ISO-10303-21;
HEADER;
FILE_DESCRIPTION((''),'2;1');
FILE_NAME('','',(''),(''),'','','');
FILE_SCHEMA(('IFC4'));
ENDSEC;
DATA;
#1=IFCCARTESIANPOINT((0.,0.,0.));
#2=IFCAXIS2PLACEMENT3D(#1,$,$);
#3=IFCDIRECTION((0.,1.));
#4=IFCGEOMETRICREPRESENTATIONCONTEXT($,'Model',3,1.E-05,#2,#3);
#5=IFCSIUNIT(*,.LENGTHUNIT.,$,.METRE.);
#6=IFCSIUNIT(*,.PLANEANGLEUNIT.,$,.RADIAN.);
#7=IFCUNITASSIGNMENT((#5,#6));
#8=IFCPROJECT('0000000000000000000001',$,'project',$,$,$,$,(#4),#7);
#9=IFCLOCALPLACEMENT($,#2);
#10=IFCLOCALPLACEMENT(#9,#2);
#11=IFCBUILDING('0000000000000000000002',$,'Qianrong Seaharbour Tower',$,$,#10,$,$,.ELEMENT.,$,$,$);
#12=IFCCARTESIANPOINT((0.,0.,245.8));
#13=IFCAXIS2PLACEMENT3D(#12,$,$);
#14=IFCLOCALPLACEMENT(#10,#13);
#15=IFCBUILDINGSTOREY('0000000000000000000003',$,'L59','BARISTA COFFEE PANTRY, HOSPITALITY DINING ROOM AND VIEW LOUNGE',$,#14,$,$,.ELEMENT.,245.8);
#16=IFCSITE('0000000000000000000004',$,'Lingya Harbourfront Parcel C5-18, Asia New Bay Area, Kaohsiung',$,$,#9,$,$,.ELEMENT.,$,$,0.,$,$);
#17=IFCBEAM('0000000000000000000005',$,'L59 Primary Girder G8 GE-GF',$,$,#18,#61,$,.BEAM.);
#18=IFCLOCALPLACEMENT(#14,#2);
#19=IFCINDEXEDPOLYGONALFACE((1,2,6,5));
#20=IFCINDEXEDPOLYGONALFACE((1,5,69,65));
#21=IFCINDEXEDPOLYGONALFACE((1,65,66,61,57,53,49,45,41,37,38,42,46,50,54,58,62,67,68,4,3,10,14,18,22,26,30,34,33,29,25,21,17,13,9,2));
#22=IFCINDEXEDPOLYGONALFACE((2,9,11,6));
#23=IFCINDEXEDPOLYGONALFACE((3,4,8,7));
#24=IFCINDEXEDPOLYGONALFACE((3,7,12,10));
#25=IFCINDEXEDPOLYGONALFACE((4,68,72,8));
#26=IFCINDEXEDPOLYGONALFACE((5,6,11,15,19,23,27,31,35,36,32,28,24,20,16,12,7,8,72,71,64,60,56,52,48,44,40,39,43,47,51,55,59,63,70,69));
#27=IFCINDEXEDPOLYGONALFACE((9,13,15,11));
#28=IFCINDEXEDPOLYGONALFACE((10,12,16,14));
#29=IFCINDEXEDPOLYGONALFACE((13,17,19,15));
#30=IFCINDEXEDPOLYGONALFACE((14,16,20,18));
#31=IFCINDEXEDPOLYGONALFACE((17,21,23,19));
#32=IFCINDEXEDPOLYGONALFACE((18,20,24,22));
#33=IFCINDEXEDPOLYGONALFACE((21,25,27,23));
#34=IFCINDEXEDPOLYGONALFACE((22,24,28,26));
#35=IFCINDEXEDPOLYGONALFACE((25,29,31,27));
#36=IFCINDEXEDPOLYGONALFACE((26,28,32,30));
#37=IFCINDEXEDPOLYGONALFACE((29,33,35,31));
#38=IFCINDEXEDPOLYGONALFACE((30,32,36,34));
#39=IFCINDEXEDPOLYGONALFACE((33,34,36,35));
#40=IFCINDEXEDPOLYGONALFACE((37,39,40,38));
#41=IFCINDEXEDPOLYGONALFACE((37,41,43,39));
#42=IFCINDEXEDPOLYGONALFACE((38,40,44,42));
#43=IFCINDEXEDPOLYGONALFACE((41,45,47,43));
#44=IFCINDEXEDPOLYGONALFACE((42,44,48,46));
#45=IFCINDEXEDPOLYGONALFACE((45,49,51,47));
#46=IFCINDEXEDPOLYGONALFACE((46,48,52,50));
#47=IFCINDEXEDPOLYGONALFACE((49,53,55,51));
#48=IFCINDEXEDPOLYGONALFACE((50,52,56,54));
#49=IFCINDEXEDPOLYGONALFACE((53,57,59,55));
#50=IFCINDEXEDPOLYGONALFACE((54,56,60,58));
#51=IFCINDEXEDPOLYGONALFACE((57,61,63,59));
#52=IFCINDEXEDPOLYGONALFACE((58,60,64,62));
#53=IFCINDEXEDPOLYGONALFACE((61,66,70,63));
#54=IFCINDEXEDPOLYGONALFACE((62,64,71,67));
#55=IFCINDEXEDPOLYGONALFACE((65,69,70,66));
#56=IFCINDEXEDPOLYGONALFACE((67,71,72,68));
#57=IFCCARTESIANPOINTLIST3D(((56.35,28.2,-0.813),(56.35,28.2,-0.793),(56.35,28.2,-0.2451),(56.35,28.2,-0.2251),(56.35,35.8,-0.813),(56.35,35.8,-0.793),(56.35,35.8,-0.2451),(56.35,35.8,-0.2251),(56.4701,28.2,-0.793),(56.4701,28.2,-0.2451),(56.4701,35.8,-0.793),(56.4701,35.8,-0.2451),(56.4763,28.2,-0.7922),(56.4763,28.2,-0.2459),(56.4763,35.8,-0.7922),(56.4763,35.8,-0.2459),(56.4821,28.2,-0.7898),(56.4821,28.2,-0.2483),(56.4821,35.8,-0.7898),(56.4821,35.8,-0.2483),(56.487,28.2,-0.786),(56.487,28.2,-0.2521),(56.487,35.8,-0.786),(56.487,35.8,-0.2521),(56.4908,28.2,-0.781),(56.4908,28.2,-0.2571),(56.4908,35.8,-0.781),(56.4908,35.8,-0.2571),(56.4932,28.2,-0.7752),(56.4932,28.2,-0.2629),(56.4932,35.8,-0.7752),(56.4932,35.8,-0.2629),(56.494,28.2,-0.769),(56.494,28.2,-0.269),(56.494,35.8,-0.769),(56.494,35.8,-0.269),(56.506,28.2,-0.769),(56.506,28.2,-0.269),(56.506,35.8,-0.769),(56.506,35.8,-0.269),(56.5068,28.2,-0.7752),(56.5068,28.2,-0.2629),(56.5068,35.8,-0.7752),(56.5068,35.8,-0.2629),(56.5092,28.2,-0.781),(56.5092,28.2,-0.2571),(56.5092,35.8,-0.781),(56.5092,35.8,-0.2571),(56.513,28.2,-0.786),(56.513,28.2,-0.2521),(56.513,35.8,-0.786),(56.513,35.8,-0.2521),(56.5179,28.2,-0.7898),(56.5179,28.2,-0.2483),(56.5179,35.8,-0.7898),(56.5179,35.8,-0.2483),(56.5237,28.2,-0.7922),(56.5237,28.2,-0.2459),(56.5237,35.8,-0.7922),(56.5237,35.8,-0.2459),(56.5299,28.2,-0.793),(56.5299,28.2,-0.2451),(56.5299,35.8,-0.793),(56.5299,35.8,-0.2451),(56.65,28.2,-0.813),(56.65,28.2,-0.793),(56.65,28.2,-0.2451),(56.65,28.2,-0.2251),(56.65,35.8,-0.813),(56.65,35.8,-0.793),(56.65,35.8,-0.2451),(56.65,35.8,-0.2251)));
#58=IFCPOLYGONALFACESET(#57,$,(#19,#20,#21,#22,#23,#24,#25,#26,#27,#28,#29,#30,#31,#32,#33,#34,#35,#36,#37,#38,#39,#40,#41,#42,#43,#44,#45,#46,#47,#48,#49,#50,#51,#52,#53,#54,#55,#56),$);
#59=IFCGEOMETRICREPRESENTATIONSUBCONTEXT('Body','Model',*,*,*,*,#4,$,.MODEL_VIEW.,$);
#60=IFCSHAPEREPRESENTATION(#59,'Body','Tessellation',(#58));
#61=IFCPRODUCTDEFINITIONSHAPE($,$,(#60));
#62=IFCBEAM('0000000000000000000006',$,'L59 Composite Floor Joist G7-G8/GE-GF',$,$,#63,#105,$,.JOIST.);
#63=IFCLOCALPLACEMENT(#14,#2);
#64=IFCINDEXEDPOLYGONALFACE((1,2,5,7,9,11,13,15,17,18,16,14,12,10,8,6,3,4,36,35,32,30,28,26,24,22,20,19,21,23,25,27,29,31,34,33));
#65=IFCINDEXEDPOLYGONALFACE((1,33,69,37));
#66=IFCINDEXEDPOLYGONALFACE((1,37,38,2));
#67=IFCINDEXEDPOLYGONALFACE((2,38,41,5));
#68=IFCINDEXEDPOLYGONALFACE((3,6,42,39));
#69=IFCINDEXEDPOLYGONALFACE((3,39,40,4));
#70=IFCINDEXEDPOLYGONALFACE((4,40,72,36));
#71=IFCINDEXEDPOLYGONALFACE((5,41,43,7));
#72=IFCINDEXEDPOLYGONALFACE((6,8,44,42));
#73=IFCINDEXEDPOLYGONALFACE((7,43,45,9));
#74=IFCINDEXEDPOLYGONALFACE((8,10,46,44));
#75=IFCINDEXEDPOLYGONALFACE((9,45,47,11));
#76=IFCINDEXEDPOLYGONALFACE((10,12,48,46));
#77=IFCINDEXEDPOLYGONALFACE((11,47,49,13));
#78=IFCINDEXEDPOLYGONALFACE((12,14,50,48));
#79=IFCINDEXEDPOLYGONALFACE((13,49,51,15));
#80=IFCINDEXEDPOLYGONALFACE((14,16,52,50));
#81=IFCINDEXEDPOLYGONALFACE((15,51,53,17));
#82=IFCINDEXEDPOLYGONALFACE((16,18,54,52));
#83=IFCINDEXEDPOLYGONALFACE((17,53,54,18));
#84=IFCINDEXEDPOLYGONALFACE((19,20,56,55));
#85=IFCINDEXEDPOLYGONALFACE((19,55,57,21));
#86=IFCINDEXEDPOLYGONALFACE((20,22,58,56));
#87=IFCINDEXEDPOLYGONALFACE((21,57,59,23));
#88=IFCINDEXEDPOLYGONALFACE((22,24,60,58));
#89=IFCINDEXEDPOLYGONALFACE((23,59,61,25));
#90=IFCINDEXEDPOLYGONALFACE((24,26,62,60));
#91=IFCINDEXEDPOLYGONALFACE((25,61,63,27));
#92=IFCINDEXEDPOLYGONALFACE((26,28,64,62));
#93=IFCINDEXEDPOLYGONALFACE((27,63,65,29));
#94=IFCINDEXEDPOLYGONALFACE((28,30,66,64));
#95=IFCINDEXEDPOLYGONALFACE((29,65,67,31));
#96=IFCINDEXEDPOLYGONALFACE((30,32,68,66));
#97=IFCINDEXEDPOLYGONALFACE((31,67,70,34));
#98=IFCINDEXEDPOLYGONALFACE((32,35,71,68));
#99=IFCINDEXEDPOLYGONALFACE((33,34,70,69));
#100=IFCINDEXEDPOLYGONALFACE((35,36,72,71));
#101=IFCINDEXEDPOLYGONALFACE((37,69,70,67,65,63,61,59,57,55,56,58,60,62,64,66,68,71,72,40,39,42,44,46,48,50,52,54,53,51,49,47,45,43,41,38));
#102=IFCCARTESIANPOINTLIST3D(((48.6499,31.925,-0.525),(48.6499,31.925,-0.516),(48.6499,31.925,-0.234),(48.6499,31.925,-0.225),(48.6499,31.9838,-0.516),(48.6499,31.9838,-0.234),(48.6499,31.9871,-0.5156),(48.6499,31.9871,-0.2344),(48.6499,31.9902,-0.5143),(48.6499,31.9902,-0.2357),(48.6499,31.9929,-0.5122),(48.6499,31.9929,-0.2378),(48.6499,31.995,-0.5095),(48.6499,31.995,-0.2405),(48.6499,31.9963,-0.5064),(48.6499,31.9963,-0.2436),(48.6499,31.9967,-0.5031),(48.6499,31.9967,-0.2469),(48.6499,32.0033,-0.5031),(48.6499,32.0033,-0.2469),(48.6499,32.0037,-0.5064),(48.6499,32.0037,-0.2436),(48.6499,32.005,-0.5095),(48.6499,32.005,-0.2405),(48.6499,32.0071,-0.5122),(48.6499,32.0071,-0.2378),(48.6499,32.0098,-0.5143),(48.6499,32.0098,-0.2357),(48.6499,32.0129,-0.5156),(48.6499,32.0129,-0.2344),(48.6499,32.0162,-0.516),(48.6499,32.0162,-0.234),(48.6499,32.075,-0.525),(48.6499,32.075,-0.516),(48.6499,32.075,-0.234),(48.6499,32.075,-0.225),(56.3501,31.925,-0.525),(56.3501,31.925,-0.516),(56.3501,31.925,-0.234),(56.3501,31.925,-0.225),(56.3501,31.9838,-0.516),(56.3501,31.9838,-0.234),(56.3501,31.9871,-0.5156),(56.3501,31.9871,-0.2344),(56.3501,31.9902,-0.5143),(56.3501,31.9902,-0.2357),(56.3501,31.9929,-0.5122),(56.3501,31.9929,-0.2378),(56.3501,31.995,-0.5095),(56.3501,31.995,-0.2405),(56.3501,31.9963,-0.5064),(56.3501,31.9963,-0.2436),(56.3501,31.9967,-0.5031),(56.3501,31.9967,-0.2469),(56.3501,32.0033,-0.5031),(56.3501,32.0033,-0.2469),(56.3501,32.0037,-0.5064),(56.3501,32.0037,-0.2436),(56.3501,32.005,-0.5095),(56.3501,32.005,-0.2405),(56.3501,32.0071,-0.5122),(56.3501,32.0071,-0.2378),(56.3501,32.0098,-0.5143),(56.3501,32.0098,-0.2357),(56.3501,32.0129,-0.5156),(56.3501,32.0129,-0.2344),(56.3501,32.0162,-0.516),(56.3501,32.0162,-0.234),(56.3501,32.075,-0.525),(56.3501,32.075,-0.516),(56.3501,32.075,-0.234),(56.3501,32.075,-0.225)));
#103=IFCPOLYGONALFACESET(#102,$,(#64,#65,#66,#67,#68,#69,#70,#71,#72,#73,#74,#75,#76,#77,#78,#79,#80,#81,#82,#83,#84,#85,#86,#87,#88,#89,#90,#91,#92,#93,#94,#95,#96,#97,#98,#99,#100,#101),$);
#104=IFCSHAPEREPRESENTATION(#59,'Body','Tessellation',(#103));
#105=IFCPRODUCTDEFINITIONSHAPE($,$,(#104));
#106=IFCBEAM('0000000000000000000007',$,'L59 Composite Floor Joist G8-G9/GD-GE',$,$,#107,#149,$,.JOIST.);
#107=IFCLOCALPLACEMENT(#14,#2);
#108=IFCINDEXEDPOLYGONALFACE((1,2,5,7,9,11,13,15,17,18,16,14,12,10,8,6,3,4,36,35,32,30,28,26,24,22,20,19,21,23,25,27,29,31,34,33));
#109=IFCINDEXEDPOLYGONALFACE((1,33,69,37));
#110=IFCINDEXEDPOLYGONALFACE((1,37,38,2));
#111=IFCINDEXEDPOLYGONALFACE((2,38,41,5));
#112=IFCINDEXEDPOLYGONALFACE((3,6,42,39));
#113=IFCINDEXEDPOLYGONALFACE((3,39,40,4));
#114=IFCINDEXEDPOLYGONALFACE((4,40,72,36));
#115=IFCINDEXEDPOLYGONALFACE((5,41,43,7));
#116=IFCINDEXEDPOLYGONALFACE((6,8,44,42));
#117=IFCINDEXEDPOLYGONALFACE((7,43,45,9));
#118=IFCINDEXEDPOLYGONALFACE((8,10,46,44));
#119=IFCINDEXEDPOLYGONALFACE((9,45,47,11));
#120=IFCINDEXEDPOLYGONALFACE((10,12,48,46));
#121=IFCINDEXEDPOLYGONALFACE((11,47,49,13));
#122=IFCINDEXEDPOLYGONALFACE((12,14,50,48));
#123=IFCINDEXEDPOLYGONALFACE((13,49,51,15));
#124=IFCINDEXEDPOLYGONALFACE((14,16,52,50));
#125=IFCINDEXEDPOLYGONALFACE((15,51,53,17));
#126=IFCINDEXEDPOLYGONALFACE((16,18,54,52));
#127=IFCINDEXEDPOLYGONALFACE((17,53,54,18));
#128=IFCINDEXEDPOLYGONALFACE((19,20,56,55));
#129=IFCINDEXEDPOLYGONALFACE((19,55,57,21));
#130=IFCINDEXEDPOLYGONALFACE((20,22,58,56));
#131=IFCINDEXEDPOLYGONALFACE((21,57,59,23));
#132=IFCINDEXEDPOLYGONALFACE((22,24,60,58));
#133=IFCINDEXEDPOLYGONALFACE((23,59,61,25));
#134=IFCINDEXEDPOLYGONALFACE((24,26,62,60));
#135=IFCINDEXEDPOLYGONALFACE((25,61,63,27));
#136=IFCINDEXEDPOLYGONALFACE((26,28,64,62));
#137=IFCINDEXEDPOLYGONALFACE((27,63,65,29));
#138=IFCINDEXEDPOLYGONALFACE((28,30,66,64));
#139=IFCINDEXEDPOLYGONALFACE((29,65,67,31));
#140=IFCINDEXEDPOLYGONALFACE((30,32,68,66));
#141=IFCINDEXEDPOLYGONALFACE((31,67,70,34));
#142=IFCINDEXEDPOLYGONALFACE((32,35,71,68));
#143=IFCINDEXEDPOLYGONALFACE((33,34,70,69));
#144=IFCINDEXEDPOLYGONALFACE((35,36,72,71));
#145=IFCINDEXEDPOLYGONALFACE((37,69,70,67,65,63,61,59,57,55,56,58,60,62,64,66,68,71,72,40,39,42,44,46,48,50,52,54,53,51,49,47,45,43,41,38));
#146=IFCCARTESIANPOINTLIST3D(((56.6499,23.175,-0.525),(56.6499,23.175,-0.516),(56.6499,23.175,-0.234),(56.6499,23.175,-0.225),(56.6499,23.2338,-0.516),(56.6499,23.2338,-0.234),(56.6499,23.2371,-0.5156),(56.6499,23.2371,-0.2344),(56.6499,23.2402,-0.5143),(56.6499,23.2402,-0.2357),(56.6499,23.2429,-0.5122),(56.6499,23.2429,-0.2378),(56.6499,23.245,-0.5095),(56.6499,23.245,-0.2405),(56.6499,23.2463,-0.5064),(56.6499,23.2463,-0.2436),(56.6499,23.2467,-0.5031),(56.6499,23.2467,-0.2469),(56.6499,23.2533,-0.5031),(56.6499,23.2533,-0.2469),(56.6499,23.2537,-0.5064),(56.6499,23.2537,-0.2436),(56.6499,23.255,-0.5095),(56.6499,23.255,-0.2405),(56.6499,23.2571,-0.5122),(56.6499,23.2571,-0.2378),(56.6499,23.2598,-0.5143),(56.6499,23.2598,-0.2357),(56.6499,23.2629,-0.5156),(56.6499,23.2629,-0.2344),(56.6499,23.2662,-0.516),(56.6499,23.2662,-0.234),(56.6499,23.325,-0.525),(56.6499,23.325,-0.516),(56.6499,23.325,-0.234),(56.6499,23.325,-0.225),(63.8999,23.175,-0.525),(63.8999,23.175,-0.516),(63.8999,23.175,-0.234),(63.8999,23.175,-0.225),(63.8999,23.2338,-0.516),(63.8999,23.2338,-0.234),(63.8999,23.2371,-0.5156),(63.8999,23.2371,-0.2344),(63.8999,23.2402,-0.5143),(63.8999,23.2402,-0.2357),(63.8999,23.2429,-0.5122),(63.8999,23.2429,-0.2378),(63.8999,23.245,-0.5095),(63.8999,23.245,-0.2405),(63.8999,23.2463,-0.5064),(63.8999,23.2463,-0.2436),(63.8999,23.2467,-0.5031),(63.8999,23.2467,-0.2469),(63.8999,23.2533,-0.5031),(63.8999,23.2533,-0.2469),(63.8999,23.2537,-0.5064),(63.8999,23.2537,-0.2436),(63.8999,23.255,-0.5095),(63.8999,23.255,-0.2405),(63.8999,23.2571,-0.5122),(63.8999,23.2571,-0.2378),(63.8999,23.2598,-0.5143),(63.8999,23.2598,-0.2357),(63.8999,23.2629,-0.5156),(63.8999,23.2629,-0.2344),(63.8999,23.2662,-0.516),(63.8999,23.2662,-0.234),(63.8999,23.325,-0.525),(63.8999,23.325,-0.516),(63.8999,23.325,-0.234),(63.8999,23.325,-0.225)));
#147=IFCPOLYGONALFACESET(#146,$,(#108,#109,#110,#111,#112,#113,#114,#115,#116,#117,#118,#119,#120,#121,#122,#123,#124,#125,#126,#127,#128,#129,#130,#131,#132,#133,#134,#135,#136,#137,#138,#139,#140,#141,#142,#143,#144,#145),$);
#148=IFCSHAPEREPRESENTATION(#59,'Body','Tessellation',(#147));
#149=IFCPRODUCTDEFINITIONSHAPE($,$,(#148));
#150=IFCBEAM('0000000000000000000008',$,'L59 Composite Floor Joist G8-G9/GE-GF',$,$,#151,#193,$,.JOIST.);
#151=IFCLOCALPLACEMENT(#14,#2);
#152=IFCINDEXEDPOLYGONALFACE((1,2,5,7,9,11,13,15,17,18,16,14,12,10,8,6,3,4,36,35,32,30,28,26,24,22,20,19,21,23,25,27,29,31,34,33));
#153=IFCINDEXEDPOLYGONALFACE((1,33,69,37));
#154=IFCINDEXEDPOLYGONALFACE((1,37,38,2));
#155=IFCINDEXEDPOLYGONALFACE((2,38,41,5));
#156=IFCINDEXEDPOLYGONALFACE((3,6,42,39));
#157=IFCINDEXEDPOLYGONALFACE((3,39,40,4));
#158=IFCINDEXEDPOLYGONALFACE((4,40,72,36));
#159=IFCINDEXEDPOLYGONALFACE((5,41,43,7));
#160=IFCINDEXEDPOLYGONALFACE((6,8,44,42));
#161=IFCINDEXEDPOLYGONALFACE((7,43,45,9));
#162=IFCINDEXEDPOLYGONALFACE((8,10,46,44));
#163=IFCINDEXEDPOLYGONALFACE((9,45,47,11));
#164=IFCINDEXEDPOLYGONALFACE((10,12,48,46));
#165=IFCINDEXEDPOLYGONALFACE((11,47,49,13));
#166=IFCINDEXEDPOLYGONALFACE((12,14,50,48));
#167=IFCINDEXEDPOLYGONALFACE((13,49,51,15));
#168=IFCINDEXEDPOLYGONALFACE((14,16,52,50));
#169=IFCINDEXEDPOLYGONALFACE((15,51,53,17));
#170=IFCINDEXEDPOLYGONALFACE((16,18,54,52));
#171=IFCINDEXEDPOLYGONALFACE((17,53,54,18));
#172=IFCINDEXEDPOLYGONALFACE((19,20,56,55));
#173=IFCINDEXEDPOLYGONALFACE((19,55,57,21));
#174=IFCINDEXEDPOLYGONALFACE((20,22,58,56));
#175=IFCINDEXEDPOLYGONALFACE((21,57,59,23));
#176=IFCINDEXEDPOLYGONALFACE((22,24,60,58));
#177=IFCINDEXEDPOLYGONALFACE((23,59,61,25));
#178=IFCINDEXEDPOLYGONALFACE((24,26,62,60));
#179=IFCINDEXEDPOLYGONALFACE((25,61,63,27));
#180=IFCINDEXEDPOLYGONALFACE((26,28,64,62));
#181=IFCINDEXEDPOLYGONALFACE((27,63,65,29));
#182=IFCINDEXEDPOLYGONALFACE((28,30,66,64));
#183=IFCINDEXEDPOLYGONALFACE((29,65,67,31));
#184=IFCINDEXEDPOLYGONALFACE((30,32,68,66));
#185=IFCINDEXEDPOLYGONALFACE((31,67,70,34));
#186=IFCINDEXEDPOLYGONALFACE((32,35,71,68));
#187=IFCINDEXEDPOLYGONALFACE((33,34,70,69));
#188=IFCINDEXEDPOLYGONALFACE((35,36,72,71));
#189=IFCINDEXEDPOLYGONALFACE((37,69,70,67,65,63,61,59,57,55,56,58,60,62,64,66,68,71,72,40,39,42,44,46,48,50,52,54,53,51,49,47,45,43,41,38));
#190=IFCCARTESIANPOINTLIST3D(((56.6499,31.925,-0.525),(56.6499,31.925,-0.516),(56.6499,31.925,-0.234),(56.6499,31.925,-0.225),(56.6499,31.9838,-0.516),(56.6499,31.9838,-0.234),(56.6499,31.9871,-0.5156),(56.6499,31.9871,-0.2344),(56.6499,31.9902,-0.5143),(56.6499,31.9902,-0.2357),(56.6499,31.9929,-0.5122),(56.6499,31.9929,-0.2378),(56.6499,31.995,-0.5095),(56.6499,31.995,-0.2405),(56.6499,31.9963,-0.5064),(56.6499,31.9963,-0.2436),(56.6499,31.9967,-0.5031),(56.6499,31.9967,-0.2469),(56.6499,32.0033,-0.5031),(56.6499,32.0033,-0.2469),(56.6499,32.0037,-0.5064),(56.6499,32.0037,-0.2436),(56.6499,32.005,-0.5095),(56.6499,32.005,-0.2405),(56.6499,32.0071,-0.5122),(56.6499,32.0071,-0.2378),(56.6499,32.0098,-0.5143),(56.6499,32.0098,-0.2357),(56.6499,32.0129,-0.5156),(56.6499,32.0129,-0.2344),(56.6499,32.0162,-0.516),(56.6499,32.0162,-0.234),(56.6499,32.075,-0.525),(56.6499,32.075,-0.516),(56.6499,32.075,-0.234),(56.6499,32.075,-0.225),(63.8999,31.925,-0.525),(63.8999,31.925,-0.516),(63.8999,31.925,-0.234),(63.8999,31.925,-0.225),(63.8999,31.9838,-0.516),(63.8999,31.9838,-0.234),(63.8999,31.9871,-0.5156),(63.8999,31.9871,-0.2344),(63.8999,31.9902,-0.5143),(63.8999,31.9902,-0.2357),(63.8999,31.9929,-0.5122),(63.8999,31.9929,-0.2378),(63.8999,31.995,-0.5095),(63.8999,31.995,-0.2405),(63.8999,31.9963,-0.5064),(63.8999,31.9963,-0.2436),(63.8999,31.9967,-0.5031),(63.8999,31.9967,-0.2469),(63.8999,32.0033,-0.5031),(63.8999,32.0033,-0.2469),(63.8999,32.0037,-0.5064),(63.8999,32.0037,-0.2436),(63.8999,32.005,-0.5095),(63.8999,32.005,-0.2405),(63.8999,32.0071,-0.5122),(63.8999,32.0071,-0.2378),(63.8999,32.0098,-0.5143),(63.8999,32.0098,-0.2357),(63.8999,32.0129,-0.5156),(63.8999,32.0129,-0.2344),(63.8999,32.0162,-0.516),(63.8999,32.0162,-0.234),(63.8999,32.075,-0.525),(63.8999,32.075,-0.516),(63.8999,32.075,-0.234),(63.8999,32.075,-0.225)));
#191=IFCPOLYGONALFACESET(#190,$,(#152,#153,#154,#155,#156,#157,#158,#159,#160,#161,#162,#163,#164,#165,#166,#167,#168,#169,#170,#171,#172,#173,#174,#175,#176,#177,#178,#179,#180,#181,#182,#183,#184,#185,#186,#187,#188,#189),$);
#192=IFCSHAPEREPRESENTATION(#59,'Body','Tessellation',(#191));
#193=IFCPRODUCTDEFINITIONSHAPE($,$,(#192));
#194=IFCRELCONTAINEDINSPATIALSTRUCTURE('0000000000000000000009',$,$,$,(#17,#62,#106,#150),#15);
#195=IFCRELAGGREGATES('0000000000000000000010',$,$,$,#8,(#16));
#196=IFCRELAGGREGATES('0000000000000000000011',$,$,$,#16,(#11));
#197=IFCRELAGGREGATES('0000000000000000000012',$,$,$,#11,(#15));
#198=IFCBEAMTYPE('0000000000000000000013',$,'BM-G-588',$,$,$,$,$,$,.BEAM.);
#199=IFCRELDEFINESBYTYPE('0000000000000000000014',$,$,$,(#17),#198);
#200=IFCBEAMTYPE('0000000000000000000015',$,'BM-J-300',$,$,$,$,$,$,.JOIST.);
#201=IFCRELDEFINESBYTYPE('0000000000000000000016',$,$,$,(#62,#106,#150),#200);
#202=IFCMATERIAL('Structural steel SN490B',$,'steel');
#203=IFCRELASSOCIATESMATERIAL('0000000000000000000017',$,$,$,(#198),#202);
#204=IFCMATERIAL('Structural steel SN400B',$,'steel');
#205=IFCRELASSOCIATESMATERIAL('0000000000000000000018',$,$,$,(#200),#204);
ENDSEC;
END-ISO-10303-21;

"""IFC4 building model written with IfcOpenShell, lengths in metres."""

from ifc_helpers import new_model, si_unit, direction, frame, origin, origin_2d, place, context, subcontext, project, spatial, i_section, extrude, material, material_profile, profile_set, type_object, element, save


model = new_model("IFC4")

# Units and contexts
model_context = context("Model", 3, precision=1e-05, world=origin(), true_north=direction((0.0, 1.0)))
body_context = subcontext(model_context, "Body", "Model", "MODEL_VIEW")
ifc_project = project(units=[si_unit("LENGTHUNIT", "METRE"), si_unit("PLANEANGLEUNIT", "RADIAN")], contexts=[model_context])

# Site, building, storey
site_placement = place(None, origin())
site = spatial("IfcSite", under=ifc_project, at=site_placement, Name="Lingya Harbourfront Parcel C5-18, Asia New Bay Area, Kaohsiung", CompositionType="ELEMENT", RefElevation=0.0)
building_placement = place(site_placement, origin())
building = spatial("IfcBuilding", under=site, at=building_placement, Name="Qianrong Seaharbour Tower", CompositionType="ELEMENT")
storey_placement = place(building_placement, frame((0.0, 0.0, 245.8)))
storey = spatial("IfcBuildingStorey", under=building, at=storey_placement, Name="L59", Description="BARISTA COFFEE PANTRY, HOSPITALITY DINING ROOM AND VIEW LOUNGE", CompositionType="ELEMENT", Elevation=245.8)

# Shared definitions
ifc_material_1 = material(Name="Structural steel SN490B", Category="steel")

# Beams
ifc_material_profile_1 = material_profile(ifc_material_1, i_section(OverallWidth=0.3, OverallDepth=0.5879, WebThickness=0.012, FlangeThickness=0.02, FilletRadius=0.0239, at=origin_2d()), Name="H588x300x12x20")
ifc_profile_set_1 = profile_set([ifc_material_profile_1], Name="Structural steel SN490B")
beam_type_1 = type_object("IfcBeamType", Name="BM-G-588", PredefinedType="BEAM", material=ifc_profile_set_1)
for number, where, z_axis, x_axis, name in (
    (1, (56.5, 28.2, -0.519), (0.0, 1.0, 0.0), (-1.0, 0.0, 0.0), "L59 Primary Girder G8 GE-GF"),
):
    element("IfcBeam", number, at=place(storey_placement, frame(where, z_axis=z_axis, x_axis=x_axis)), inside=storey, type_object=beam_type_1, Name=name, PredefinedType="BEAM", context=body_context, shape_type="SweptSolid", body=[
        extrude(i_section(OverallWidth=0.3, OverallDepth=0.5879, WebThickness=0.012, FlangeThickness=0.02, FilletRadius=0.0239, at=origin_2d()), origin(), (0.0, 0.0, 1.0), 7.6001),
    ])
ifc_material_2 = material(Name="Structural steel SN400B", Category="steel")
ifc_material_profile_2 = material_profile(ifc_material_2, i_section(OverallWidth=0.1499, OverallDepth=0.3, WebThickness=0.0066, FlangeThickness=0.009, FilletRadius=0.0129, at=origin_2d()), Name="H300x150x6.5x9")
ifc_profile_set_2 = profile_set([ifc_material_profile_2], Name="Structural steel SN400B")
beam_type_2 = type_object("IfcBeamType", Name="BM-J-300", PredefinedType="JOIST", material=ifc_profile_set_2)
beam_1_placement = place(storey_placement, frame((48.6499, 32.0, -0.375), z_axis=(1.0, 0.0, 0.0), x_axis=(0.0, 1.0, 0.0)))
element("IfcBeam", 2, at=beam_1_placement, inside=storey, type_object=beam_type_2, Name="L59 Composite Floor Joist G7-G8/GE-GF", PredefinedType="JOIST", context=body_context, shape_type="SweptSolid", body=[
    extrude(i_section(OverallWidth=0.1499, OverallDepth=0.3, WebThickness=0.0066, FlangeThickness=0.009, FilletRadius=0.0129, at=origin_2d()), origin(), (0.0, 0.0, 1.0), 7.7002),
])
for number, where, z_axis, x_axis, name in (
    (3, (56.6499, 23.25, -0.375), (1.0, 0.0, 0.0), (0.0, 1.0, 0.0), "L59 Composite Floor Joist G8-G9/GD-GE"),
    (4, (56.6499, 32.0, -0.375), (1.0, 0.0, 0.0), (0.0, 1.0, 0.0), "L59 Composite Floor Joist G8-G9/GE-GF"),
):
    element("IfcBeam", number, at=place(storey_placement, frame(where, z_axis=z_axis, x_axis=x_axis)), inside=storey, type_object=beam_type_2, Name=name, PredefinedType="JOIST", context=body_context, shape_type="SweptSolid", body=[
        extrude(i_section(OverallWidth=0.1499, OverallDepth=0.3, WebThickness=0.0066, FlangeThickness=0.009, FilletRadius=0.0129, at=origin_2d()), origin(), (0.0, 0.0, 1.0), 7.25),
    ])

save(model, "model.ifc")
